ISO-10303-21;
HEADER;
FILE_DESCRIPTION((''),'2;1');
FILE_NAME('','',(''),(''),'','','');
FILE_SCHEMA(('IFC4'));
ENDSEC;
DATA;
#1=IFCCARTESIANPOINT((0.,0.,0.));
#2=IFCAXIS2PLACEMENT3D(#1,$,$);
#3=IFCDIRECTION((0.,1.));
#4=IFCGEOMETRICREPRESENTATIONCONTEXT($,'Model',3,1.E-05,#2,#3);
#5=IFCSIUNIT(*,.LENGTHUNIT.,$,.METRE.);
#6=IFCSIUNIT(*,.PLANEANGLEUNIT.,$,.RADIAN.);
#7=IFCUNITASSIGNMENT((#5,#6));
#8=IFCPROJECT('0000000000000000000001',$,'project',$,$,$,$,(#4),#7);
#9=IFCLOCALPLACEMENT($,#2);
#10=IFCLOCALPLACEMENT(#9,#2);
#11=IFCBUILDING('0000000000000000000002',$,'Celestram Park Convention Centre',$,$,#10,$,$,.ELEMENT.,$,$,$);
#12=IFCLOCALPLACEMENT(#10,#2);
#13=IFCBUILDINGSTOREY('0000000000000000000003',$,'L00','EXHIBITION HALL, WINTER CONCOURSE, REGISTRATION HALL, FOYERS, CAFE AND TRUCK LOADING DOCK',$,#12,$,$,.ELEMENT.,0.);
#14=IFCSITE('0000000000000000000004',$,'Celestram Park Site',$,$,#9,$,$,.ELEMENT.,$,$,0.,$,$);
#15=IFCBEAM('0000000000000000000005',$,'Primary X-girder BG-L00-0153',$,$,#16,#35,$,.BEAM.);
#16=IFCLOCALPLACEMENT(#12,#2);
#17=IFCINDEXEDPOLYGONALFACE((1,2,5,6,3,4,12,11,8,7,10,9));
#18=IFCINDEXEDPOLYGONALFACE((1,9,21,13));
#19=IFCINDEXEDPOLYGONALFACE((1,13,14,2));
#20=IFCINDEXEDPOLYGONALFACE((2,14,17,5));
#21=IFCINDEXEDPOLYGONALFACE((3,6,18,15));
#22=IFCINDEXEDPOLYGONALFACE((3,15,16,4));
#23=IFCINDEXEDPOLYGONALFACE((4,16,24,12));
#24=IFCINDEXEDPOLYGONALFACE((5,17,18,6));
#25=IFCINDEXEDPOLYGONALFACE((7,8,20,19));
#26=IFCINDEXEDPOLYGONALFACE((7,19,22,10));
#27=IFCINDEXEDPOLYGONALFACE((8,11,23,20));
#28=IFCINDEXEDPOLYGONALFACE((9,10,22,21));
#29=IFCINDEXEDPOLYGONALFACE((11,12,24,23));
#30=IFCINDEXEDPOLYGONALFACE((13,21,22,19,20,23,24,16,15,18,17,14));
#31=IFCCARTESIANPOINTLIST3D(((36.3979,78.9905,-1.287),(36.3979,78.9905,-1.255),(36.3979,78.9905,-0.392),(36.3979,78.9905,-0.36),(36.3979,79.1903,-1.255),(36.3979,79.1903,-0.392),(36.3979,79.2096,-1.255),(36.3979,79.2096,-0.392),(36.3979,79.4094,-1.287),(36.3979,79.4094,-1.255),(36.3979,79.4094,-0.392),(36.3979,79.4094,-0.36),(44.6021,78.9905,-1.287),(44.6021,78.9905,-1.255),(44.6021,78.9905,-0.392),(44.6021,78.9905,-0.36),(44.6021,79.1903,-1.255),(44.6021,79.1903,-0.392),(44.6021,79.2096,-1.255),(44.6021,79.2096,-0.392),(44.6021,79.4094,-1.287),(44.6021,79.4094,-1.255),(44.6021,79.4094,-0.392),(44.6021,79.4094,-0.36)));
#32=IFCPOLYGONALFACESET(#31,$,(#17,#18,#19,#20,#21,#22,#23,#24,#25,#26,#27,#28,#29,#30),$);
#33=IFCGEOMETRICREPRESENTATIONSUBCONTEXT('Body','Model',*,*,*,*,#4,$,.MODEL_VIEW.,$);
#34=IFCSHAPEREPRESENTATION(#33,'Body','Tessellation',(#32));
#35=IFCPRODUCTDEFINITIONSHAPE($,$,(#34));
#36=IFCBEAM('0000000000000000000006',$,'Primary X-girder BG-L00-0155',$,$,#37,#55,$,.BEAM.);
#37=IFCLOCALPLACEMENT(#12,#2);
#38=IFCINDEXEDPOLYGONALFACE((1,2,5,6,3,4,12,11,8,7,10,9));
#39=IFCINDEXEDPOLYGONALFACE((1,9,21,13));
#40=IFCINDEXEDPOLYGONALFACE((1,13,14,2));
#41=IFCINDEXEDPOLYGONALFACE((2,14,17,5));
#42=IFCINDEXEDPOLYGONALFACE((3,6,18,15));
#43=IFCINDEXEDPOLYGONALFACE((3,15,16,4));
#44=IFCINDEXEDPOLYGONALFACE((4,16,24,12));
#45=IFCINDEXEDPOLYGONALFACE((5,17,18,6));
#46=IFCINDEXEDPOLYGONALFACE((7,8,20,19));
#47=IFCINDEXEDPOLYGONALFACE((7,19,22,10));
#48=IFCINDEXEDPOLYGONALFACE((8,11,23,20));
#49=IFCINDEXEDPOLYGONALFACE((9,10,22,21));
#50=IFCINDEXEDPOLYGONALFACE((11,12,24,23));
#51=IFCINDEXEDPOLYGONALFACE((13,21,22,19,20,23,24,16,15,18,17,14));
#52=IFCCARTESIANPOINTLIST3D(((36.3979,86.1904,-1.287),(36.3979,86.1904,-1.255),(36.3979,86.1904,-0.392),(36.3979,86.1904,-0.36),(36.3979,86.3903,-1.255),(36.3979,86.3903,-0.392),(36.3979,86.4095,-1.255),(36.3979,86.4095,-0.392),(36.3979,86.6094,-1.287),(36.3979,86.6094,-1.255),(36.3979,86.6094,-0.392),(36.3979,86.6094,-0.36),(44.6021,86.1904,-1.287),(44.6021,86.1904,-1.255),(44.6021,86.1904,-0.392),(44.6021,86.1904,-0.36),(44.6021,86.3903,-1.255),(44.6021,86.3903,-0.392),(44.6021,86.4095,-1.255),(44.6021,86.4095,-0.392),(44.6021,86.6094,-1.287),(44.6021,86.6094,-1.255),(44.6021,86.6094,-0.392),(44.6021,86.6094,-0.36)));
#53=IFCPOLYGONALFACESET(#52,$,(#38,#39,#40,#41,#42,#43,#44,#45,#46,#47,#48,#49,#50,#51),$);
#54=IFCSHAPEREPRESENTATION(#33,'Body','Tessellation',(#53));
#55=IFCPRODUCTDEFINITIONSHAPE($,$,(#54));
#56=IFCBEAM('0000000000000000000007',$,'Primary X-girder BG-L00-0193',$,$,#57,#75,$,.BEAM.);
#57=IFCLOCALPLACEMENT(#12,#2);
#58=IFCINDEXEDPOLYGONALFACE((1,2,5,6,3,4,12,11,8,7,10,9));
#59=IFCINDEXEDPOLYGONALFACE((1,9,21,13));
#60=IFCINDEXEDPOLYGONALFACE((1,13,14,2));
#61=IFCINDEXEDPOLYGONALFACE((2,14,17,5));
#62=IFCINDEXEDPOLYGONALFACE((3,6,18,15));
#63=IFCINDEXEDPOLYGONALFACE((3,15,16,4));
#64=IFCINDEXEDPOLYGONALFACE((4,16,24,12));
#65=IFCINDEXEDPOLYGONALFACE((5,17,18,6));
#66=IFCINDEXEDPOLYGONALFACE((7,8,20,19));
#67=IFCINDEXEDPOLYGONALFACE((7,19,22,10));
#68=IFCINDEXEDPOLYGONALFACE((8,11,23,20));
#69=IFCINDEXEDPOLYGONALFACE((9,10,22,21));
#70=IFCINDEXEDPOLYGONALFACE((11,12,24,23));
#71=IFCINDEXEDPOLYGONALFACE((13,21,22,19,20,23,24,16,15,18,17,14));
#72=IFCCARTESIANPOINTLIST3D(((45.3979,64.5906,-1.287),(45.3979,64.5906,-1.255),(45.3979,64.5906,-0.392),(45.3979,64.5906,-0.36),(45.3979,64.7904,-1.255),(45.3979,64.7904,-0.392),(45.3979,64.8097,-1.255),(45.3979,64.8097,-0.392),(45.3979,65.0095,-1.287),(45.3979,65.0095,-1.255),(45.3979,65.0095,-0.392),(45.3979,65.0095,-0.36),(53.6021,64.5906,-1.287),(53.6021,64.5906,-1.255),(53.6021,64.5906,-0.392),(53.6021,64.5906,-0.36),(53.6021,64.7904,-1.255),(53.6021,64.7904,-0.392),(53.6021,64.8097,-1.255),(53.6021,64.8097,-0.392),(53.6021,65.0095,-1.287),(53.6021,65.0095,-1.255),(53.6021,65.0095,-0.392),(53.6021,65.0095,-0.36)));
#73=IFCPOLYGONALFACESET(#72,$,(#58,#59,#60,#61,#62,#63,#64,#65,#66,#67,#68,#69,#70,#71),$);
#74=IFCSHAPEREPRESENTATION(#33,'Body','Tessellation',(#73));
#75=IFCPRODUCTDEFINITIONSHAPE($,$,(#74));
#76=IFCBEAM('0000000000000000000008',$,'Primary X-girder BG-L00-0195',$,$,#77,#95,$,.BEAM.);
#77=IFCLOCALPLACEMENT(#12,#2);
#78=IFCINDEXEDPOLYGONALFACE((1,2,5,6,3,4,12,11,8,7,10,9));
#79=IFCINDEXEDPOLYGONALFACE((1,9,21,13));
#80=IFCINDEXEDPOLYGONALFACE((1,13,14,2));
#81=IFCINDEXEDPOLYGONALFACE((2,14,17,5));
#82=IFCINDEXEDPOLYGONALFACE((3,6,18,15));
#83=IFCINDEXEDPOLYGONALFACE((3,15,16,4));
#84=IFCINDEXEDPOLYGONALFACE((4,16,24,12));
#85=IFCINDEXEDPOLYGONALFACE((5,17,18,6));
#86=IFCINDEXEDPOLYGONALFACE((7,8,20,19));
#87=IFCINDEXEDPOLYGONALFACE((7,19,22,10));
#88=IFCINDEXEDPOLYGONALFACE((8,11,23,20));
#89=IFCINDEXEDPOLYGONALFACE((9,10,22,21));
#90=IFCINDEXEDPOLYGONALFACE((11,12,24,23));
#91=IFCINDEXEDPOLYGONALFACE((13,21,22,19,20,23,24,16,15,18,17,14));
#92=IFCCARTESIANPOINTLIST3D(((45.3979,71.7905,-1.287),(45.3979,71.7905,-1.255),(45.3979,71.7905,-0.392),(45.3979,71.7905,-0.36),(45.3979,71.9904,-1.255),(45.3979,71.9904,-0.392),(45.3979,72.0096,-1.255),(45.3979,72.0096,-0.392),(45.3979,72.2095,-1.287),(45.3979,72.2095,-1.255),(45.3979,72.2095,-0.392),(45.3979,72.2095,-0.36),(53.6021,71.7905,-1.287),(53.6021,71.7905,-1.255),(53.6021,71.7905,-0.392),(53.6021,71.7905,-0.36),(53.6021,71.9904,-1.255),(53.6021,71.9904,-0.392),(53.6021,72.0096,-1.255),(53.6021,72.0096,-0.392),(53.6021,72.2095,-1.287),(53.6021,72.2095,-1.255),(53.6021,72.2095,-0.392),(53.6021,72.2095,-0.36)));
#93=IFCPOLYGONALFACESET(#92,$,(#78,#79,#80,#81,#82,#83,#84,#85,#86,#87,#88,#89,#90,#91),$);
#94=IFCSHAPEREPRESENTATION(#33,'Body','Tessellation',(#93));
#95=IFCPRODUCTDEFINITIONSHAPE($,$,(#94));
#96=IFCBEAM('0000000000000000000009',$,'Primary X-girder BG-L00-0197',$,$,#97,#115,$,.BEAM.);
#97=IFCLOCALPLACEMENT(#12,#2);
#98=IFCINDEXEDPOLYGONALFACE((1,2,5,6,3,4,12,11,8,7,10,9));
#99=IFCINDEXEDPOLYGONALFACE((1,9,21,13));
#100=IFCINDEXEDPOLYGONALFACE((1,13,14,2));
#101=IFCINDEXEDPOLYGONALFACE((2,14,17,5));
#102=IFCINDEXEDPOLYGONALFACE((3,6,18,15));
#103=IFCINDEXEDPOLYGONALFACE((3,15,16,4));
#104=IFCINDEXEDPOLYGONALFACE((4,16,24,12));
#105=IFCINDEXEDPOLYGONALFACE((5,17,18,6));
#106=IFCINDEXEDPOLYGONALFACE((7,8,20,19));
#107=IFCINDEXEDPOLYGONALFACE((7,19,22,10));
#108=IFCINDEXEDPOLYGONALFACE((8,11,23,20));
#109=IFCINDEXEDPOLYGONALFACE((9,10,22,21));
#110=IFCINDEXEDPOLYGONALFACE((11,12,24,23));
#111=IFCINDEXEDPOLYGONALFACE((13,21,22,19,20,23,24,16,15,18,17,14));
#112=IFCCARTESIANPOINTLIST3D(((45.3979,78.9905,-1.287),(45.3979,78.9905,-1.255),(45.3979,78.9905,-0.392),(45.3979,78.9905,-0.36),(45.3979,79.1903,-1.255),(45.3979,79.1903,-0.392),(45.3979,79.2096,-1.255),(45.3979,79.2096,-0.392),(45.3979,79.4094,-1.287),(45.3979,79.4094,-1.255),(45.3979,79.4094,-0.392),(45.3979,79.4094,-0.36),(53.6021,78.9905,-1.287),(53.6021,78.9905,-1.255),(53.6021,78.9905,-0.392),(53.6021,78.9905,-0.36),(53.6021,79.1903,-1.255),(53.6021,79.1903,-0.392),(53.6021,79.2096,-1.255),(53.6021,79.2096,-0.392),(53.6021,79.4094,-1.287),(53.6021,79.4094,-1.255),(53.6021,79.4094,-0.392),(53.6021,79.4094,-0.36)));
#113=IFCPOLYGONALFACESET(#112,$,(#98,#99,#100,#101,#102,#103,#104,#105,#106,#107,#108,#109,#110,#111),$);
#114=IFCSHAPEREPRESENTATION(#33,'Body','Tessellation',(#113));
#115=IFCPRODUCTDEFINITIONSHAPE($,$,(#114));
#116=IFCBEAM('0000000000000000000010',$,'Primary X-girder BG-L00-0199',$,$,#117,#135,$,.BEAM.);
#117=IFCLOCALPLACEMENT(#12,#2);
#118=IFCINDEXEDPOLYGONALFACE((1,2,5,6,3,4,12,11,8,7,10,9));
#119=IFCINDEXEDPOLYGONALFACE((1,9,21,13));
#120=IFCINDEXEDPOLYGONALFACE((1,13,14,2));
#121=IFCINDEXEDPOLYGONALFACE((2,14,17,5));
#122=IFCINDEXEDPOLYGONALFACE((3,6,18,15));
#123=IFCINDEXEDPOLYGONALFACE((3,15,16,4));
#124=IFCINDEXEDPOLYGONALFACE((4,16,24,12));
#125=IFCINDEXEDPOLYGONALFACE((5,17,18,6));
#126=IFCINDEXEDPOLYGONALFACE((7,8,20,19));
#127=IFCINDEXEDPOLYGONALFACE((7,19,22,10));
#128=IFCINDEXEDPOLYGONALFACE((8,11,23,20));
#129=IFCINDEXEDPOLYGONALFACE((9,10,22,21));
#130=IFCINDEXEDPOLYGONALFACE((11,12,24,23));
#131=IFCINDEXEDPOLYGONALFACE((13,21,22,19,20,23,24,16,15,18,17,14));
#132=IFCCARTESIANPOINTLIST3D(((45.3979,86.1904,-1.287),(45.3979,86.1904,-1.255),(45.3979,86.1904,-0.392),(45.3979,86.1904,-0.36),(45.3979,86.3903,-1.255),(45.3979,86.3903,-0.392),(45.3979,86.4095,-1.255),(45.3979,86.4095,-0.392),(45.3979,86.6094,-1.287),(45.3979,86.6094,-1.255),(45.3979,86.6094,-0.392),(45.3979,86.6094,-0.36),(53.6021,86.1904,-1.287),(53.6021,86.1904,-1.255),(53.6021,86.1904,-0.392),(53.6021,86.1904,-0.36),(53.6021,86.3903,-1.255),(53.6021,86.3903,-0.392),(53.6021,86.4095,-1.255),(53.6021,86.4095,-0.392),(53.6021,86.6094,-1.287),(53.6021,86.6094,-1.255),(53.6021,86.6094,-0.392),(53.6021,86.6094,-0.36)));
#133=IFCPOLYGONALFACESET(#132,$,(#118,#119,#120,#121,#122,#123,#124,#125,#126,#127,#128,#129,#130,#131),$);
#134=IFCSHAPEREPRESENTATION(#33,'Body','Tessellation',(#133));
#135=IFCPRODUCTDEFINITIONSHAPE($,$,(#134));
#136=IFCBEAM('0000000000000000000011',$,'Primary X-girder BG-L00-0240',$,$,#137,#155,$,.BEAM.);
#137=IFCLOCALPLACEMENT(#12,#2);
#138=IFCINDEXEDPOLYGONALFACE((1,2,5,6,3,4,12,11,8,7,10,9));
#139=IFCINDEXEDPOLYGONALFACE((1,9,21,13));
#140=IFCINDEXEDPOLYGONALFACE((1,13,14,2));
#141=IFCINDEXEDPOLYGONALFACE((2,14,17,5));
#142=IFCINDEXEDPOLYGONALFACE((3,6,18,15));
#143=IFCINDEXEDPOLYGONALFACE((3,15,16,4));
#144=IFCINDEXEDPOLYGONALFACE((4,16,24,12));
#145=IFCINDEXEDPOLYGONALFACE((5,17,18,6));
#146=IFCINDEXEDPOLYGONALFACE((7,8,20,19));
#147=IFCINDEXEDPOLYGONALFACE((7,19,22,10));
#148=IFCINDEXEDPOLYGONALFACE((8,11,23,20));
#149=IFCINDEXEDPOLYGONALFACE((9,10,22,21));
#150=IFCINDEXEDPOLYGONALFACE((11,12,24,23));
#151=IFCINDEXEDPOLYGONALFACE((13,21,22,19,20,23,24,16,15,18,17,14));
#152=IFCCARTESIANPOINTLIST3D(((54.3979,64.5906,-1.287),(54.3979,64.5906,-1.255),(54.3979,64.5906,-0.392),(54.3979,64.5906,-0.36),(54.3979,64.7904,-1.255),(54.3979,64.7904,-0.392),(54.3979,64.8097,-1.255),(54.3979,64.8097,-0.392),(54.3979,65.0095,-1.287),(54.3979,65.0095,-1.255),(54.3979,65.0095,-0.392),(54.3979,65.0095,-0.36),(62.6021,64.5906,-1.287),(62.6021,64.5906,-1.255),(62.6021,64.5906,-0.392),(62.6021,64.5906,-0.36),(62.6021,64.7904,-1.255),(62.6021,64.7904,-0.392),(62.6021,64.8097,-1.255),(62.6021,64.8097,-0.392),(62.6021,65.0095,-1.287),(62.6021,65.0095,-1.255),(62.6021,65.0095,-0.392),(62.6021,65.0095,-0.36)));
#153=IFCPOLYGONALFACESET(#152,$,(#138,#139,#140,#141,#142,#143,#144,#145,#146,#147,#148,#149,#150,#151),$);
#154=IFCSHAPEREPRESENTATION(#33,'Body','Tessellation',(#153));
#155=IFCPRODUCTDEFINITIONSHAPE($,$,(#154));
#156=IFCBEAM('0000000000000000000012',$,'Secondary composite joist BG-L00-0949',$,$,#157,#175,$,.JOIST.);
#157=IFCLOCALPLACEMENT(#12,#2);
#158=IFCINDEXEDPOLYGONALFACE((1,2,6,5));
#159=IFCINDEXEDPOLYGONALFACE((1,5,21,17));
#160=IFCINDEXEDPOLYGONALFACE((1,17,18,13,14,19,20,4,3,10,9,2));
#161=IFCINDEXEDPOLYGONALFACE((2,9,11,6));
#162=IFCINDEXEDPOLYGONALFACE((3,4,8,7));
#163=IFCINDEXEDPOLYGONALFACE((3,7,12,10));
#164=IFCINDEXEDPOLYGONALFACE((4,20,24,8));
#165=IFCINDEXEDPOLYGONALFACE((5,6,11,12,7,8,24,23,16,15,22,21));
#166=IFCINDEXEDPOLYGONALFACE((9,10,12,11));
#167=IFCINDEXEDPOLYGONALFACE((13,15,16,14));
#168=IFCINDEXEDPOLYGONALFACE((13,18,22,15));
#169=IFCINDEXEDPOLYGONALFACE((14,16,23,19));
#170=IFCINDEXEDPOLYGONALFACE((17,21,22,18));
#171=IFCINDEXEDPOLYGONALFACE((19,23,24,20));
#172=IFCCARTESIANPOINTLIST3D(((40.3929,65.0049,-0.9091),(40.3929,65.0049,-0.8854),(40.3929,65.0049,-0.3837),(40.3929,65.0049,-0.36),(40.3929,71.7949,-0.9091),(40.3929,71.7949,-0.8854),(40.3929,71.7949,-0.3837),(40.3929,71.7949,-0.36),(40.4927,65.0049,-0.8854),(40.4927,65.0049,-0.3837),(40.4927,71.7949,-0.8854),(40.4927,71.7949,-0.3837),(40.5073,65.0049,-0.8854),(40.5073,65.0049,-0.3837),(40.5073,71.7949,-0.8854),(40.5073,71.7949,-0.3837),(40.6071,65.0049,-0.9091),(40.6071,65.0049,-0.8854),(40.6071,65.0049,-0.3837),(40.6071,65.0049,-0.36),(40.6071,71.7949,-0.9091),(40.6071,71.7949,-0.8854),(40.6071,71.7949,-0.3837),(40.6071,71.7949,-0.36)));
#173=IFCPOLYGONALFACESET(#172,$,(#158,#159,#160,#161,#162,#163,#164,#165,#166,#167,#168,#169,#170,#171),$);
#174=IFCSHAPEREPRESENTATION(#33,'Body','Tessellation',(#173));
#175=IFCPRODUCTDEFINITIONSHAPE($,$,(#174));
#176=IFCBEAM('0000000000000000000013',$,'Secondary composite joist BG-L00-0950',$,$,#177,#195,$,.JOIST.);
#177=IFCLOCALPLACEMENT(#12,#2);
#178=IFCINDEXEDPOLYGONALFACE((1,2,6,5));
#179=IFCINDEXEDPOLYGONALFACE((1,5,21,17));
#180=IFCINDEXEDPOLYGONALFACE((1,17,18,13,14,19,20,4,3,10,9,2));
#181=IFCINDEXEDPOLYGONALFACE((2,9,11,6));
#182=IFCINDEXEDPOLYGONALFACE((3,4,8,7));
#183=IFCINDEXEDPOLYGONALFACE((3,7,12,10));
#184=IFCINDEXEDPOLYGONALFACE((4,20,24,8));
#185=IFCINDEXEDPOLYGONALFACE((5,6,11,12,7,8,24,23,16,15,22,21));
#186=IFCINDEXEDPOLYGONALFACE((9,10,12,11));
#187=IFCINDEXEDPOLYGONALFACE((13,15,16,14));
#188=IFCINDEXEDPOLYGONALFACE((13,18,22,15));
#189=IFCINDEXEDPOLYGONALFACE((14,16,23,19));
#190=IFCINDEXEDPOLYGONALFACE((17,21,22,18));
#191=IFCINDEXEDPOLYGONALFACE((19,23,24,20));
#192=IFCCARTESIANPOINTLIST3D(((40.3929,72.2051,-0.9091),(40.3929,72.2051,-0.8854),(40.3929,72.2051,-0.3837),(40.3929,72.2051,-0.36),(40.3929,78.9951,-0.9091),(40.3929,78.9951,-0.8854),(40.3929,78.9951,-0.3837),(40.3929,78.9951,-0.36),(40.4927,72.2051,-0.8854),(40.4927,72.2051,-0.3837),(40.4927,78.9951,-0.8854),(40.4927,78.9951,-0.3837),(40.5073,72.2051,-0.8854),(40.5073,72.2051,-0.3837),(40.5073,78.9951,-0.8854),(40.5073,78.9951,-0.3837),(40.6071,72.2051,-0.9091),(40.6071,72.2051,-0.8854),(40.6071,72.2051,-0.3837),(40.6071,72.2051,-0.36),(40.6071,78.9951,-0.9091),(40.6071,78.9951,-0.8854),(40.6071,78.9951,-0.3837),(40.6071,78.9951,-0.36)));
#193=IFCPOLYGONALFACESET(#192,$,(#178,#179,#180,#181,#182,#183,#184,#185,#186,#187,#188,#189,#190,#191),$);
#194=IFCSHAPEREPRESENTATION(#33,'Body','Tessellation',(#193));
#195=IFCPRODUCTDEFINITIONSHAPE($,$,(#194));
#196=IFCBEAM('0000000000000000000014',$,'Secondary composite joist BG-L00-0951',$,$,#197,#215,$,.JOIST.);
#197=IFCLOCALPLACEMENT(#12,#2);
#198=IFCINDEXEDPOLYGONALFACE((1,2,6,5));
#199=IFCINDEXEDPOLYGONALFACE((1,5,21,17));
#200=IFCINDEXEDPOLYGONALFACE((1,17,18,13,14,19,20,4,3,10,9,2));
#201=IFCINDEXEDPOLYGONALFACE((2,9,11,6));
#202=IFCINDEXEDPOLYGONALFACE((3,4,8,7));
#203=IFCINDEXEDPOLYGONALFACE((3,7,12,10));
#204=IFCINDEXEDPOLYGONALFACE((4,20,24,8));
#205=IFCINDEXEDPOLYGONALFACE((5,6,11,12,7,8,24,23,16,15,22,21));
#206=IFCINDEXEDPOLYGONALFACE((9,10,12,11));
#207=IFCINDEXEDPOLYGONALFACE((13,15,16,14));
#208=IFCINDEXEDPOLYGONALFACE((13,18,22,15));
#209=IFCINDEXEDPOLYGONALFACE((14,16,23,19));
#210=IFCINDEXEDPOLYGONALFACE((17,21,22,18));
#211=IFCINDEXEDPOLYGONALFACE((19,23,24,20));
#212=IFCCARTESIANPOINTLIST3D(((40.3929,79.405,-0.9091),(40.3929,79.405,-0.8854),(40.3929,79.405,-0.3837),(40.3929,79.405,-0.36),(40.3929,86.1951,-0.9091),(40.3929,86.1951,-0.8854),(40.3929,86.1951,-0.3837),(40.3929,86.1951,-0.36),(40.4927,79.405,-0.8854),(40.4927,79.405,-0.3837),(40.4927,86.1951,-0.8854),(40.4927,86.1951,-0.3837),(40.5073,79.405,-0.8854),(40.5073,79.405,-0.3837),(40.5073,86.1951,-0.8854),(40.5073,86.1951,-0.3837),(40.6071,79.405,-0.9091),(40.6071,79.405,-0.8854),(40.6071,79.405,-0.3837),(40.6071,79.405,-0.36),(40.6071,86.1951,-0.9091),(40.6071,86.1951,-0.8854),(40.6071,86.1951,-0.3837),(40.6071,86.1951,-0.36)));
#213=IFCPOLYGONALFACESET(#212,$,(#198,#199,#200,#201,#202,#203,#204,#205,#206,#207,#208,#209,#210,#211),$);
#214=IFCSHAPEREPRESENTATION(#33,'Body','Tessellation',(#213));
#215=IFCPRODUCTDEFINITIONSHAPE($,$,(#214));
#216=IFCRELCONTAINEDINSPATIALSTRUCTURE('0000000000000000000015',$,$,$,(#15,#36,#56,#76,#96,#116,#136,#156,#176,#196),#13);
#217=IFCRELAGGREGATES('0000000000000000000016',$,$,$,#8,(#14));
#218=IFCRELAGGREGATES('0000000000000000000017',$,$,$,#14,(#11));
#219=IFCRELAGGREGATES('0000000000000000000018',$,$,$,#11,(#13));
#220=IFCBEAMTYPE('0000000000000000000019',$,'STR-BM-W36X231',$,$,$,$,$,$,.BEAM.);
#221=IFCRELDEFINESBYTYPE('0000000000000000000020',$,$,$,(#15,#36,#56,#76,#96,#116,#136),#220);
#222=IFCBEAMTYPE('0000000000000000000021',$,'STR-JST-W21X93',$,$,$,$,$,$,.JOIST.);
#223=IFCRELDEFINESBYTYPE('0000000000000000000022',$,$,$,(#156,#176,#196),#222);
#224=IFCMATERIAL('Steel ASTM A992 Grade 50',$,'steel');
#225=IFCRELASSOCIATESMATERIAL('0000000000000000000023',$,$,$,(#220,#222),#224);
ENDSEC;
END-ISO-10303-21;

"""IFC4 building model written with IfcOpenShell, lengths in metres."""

from ifc_helpers import new_model, si_unit, direction, frame, origin, origin_2d, place, context, subcontext, project, spatial, i_section, extrude, material, material_profile, profile_set, type_object, element, save


model = new_model("IFC4")

# Units and contexts
model_context = context("Model", 3, precision=1e-05, world=origin(), true_north=direction((0.0, 1.0)))
body_context = subcontext(model_context, "Body", "Model", "MODEL_VIEW")
ifc_project = project(units=[si_unit("LENGTHUNIT", "METRE"), si_unit("PLANEANGLEUNIT", "RADIAN")], contexts=[model_context])

# Site, building, storey
site_placement = place(None, origin())
site = spatial("IfcSite", under=ifc_project, at=site_placement, Name="Celestram Park Site", CompositionType="ELEMENT", RefElevation=0.0)
building_placement = place(site_placement, origin())
building = spatial("IfcBuilding", under=site, at=building_placement, Name="Celestram Park Convention Centre", CompositionType="ELEMENT")
storey_placement = place(building_placement, origin())
storey = spatial("IfcBuildingStorey", under=building, at=storey_placement, Name="L00", Description="EXHIBITION HALL, WINTER CONCOURSE, REGISTRATION HALL, FOYERS, CAFE AND TRUCK LOADING DOCK", CompositionType="ELEMENT", Elevation=0.0)

# Beams
ifc_material_1 = material(Name="Steel ASTM A992 Grade 50", Category="steel")
ifc_material_profile_1 = material_profile(ifc_material_1, i_section(OverallWidth=0.4189, OverallDepth=0.927, WebThickness=0.0193, FlangeThickness=0.032, at=origin_2d()), Name="W36X231")
ifc_profile_set_1 = profile_set([ifc_material_profile_1], Name="Steel ASTM A992 Grade 50")
beam_type_1 = type_object("IfcBeamType", Name="STR-BM-W36X231", PredefinedType="BEAM", material=ifc_profile_set_1)
for number, where, z_axis, x_axis, name in (
    (1, (36.3979, 79.2, -0.8235), (1.0, 0.0, 0.0), (0.0, 1.0, 0.0), "Primary X-girder BG-L00-0153"),
    (2, (36.3979, 86.3999, -0.8235), (1.0, 0.0, 0.0), (0.0, 1.0, 0.0), "Primary X-girder BG-L00-0155"),
    (3, (45.3979, 64.8, -0.8235), (1.0, 0.0, 0.0), (0.0, 1.0, 0.0), "Primary X-girder BG-L00-0193"),
    (4, (45.3979, 72.0, -0.8235), (1.0, 0.0, 0.0), (0.0, 1.0, 0.0), "Primary X-girder BG-L00-0195"),
    (5, (45.3979, 79.2, -0.8235), (1.0, 0.0, 0.0), (0.0, 1.0, 0.0), "Primary X-girder BG-L00-0197"),
    (6, (45.3979, 86.3999, -0.8235), (1.0, 0.0, 0.0), (0.0, 1.0, 0.0), "Primary X-girder BG-L00-0199"),
    (7, (54.3979, 64.8, -0.8235), (1.0, 0.0, 0.0), (0.0, 1.0, 0.0), "Primary X-girder BG-L00-0240"),
):
    element("IfcBeam", number, at=place(storey_placement, frame(where, z_axis=z_axis, x_axis=x_axis)), inside=storey, type_object=beam_type_1, Name=name, PredefinedType="BEAM", context=body_context, shape_type="SweptSolid", body=[
        extrude(i_section(OverallWidth=0.4189, OverallDepth=0.927, WebThickness=0.0193, FlangeThickness=0.032, at=origin_2d()), origin(), (0.0, 0.0, 1.0), 8.2041),
    ])
ifc_material_profile_2 = material_profile(ifc_material_1, i_section(OverallWidth=0.2141, OverallDepth=0.5491, WebThickness=0.0146, FlangeThickness=0.0237, at=origin_2d()), Name="W21X93")
ifc_profile_set_2 = profile_set([ifc_material_profile_2], Name="Steel ASTM A992 Grade 50")
beam_type_2 = type_object("IfcBeamType", Name="STR-JST-W21X93", PredefinedType="JOIST", material=ifc_profile_set_2)
for number, where, z_axis, x_axis, name in (
    (8, (40.5, 65.0049, -0.6345), (0.0, 1.0, 0.0), (-1.0, 0.0, 0.0), "Secondary composite joist BG-L00-0949"),
    (9, (40.5, 72.2051, -0.6345), (0.0, 1.0, 0.0), (-1.0, 0.0, 0.0), "Secondary composite joist BG-L00-0950"),
    (10, (40.5, 79.405, -0.6345), (0.0, 1.0, 0.0), (-1.0, 0.0, 0.0), "Secondary composite joist BG-L00-0951"),
):
    element("IfcBeam", number, at=place(storey_placement, frame(where, z_axis=z_axis, x_axis=x_axis)), inside=storey, type_object=beam_type_2, Name=name, PredefinedType="JOIST", context=body_context, shape_type="SweptSolid", body=[
        extrude(i_section(OverallWidth=0.2141, OverallDepth=0.5491, WebThickness=0.0146, FlangeThickness=0.0237, at=origin_2d()), origin(), (0.0, 0.0, 1.0), 6.79),
    ])

save(model, "model.ifc")
